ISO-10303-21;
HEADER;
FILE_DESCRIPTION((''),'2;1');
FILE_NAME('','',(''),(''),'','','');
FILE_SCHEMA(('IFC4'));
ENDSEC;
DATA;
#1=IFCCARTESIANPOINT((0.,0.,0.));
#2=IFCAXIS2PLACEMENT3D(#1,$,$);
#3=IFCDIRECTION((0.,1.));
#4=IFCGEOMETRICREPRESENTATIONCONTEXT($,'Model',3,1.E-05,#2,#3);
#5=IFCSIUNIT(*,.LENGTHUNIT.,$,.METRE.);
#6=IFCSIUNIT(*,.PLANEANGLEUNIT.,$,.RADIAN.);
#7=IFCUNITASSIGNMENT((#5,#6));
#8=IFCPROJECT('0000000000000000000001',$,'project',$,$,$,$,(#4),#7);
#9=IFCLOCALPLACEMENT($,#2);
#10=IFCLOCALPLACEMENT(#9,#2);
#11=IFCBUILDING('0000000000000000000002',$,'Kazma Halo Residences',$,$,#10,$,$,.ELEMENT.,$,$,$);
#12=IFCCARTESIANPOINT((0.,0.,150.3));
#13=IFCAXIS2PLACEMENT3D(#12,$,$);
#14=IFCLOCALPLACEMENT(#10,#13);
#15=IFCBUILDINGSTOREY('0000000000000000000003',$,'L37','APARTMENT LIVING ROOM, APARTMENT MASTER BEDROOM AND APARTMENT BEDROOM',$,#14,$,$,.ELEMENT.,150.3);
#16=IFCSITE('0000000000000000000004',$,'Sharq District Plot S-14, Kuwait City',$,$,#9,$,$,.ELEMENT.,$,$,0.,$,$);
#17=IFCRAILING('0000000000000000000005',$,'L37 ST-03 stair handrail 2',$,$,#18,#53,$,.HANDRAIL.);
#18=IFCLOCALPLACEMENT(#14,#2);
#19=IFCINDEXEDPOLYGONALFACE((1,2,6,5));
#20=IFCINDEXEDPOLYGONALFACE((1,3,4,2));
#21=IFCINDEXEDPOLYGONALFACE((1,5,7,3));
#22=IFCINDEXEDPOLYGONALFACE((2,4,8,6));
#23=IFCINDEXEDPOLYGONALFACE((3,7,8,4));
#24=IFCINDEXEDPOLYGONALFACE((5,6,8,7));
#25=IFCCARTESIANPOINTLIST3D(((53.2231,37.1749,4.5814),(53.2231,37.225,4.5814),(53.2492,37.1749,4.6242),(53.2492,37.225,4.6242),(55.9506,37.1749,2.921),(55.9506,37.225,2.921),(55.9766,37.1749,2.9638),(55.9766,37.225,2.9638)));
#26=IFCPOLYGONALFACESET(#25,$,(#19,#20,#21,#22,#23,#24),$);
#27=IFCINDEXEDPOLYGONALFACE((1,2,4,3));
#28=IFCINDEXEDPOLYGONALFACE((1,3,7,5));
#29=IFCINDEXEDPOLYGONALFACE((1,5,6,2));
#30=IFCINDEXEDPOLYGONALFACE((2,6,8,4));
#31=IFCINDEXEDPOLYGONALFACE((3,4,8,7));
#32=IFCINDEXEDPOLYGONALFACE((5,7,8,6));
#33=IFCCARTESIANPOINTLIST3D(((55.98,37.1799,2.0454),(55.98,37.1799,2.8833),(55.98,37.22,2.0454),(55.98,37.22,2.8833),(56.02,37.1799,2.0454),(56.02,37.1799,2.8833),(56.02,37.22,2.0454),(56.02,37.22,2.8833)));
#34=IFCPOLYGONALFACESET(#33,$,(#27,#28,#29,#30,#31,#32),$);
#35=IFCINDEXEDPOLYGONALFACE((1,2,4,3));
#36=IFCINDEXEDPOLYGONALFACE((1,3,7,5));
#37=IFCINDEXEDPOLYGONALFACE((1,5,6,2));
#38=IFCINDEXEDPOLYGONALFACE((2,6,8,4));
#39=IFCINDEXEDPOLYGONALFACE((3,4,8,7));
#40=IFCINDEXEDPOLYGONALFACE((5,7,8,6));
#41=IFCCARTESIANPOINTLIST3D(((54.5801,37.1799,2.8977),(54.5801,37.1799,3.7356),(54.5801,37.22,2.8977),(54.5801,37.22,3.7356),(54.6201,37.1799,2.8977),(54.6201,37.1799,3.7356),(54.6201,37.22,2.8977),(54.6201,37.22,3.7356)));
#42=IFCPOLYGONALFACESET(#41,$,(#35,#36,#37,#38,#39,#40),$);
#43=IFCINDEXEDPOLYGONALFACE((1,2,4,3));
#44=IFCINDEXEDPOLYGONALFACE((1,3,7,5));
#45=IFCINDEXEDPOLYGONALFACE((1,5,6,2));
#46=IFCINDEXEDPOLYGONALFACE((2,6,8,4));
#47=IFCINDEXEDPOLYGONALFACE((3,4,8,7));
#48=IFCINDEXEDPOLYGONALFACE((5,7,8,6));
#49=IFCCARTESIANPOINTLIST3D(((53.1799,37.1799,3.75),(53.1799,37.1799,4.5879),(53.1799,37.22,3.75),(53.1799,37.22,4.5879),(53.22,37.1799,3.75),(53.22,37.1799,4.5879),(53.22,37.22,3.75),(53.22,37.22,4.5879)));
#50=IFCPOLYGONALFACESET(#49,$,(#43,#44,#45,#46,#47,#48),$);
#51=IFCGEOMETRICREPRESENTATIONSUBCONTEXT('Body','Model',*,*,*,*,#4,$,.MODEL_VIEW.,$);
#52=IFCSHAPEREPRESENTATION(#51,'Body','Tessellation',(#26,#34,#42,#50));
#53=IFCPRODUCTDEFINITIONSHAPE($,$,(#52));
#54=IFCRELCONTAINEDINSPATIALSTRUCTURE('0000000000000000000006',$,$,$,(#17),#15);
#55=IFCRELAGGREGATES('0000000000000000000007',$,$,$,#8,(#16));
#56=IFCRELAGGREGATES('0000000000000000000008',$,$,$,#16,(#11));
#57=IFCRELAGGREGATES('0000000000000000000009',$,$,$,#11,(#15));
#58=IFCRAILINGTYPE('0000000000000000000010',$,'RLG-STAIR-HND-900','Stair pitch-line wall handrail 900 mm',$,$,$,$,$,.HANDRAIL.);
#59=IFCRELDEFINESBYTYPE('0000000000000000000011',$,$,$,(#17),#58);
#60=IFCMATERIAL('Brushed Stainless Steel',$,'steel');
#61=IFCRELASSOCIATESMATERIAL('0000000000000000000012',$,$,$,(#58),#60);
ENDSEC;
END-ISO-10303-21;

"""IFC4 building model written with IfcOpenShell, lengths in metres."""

from ifc_helpers import new_model, si_unit, direction, frame, origin, origin_2d, place, context, subcontext, project, spatial, rectangle, extrude, material, type_object, element, save


model = new_model("IFC4")

# Units and contexts
model_context = context("Model", 3, precision=1e-05, world=origin(), true_north=direction((0.0, 1.0)))
body_context = subcontext(model_context, "Body", "Model", "MODEL_VIEW")
ifc_project = project(units=[si_unit("LENGTHUNIT", "METRE"), si_unit("PLANEANGLEUNIT", "RADIAN")], contexts=[model_context])

# Site, building, storey
site_placement = place(None, origin())
site = spatial("IfcSite", under=ifc_project, at=site_placement, Name="Sharq District Plot S-14, Kuwait City", CompositionType="ELEMENT", RefElevation=0.0)
building_placement = place(site_placement, origin())
building = spatial("IfcBuilding", under=site, at=building_placement, Name="Kazma Halo Residences", CompositionType="ELEMENT")
storey_placement = place(building_placement, frame((0.0, 0.0, 150.3)))
storey = spatial("IfcBuildingStorey", under=building, at=storey_placement, Name="L37", Description="APARTMENT LIVING ROOM, APARTMENT MASTER BEDROOM AND APARTMENT BEDROOM", CompositionType="ELEMENT", Elevation=150.3)

# Railing
ifc_material_1 = material(Name="Brushed Stainless Steel", Category="steel")
railing_type_1 = type_object("IfcRailingType", Name="RLG-STAIR-HND-900", Description="Stair pitch-line wall handrail 900 mm", PredefinedType="HANDRAIL", material=ifc_material_1)
railing_1_placement = place(storey_placement, frame((56.0, 37.2, 2.0454)))
element("IfcRailing", 1, at=railing_1_placement, inside=storey, type_object=railing_type_1, Name="L37 ST-03 stair handrail 2", PredefinedType="HANDRAIL", context=body_context, shape_type="SweptSolid", body=[
    extrude(rectangle(XDim=0.05, YDim=0.05, at=origin_2d()), frame((-0.0364, 0.0, 0.897), z_axis=(-0.85417, 0.0, 0.519994), x_axis=(0.0, -1.0, 0.0)), (0.0, 0.0, 1.0), 3.1931),
    extrude(rectangle(XDim=0.04, YDim=0.04, at=origin_2d()), origin(), (0.0, 0.0, 1.0), 0.8379),
    extrude(rectangle(XDim=0.04, YDim=0.04, at=origin_2d()), frame((-1.3999, 0.0, 0.8523)), (0.0, 0.0, 1.0), 0.8379),
    extrude(rectangle(XDim=0.04, YDim=0.04, at=origin_2d()), frame((-2.8, 0.0, 1.7046)), (0.0, 0.0, 1.0), 0.8379),
])

save(model, "model.ifc")
